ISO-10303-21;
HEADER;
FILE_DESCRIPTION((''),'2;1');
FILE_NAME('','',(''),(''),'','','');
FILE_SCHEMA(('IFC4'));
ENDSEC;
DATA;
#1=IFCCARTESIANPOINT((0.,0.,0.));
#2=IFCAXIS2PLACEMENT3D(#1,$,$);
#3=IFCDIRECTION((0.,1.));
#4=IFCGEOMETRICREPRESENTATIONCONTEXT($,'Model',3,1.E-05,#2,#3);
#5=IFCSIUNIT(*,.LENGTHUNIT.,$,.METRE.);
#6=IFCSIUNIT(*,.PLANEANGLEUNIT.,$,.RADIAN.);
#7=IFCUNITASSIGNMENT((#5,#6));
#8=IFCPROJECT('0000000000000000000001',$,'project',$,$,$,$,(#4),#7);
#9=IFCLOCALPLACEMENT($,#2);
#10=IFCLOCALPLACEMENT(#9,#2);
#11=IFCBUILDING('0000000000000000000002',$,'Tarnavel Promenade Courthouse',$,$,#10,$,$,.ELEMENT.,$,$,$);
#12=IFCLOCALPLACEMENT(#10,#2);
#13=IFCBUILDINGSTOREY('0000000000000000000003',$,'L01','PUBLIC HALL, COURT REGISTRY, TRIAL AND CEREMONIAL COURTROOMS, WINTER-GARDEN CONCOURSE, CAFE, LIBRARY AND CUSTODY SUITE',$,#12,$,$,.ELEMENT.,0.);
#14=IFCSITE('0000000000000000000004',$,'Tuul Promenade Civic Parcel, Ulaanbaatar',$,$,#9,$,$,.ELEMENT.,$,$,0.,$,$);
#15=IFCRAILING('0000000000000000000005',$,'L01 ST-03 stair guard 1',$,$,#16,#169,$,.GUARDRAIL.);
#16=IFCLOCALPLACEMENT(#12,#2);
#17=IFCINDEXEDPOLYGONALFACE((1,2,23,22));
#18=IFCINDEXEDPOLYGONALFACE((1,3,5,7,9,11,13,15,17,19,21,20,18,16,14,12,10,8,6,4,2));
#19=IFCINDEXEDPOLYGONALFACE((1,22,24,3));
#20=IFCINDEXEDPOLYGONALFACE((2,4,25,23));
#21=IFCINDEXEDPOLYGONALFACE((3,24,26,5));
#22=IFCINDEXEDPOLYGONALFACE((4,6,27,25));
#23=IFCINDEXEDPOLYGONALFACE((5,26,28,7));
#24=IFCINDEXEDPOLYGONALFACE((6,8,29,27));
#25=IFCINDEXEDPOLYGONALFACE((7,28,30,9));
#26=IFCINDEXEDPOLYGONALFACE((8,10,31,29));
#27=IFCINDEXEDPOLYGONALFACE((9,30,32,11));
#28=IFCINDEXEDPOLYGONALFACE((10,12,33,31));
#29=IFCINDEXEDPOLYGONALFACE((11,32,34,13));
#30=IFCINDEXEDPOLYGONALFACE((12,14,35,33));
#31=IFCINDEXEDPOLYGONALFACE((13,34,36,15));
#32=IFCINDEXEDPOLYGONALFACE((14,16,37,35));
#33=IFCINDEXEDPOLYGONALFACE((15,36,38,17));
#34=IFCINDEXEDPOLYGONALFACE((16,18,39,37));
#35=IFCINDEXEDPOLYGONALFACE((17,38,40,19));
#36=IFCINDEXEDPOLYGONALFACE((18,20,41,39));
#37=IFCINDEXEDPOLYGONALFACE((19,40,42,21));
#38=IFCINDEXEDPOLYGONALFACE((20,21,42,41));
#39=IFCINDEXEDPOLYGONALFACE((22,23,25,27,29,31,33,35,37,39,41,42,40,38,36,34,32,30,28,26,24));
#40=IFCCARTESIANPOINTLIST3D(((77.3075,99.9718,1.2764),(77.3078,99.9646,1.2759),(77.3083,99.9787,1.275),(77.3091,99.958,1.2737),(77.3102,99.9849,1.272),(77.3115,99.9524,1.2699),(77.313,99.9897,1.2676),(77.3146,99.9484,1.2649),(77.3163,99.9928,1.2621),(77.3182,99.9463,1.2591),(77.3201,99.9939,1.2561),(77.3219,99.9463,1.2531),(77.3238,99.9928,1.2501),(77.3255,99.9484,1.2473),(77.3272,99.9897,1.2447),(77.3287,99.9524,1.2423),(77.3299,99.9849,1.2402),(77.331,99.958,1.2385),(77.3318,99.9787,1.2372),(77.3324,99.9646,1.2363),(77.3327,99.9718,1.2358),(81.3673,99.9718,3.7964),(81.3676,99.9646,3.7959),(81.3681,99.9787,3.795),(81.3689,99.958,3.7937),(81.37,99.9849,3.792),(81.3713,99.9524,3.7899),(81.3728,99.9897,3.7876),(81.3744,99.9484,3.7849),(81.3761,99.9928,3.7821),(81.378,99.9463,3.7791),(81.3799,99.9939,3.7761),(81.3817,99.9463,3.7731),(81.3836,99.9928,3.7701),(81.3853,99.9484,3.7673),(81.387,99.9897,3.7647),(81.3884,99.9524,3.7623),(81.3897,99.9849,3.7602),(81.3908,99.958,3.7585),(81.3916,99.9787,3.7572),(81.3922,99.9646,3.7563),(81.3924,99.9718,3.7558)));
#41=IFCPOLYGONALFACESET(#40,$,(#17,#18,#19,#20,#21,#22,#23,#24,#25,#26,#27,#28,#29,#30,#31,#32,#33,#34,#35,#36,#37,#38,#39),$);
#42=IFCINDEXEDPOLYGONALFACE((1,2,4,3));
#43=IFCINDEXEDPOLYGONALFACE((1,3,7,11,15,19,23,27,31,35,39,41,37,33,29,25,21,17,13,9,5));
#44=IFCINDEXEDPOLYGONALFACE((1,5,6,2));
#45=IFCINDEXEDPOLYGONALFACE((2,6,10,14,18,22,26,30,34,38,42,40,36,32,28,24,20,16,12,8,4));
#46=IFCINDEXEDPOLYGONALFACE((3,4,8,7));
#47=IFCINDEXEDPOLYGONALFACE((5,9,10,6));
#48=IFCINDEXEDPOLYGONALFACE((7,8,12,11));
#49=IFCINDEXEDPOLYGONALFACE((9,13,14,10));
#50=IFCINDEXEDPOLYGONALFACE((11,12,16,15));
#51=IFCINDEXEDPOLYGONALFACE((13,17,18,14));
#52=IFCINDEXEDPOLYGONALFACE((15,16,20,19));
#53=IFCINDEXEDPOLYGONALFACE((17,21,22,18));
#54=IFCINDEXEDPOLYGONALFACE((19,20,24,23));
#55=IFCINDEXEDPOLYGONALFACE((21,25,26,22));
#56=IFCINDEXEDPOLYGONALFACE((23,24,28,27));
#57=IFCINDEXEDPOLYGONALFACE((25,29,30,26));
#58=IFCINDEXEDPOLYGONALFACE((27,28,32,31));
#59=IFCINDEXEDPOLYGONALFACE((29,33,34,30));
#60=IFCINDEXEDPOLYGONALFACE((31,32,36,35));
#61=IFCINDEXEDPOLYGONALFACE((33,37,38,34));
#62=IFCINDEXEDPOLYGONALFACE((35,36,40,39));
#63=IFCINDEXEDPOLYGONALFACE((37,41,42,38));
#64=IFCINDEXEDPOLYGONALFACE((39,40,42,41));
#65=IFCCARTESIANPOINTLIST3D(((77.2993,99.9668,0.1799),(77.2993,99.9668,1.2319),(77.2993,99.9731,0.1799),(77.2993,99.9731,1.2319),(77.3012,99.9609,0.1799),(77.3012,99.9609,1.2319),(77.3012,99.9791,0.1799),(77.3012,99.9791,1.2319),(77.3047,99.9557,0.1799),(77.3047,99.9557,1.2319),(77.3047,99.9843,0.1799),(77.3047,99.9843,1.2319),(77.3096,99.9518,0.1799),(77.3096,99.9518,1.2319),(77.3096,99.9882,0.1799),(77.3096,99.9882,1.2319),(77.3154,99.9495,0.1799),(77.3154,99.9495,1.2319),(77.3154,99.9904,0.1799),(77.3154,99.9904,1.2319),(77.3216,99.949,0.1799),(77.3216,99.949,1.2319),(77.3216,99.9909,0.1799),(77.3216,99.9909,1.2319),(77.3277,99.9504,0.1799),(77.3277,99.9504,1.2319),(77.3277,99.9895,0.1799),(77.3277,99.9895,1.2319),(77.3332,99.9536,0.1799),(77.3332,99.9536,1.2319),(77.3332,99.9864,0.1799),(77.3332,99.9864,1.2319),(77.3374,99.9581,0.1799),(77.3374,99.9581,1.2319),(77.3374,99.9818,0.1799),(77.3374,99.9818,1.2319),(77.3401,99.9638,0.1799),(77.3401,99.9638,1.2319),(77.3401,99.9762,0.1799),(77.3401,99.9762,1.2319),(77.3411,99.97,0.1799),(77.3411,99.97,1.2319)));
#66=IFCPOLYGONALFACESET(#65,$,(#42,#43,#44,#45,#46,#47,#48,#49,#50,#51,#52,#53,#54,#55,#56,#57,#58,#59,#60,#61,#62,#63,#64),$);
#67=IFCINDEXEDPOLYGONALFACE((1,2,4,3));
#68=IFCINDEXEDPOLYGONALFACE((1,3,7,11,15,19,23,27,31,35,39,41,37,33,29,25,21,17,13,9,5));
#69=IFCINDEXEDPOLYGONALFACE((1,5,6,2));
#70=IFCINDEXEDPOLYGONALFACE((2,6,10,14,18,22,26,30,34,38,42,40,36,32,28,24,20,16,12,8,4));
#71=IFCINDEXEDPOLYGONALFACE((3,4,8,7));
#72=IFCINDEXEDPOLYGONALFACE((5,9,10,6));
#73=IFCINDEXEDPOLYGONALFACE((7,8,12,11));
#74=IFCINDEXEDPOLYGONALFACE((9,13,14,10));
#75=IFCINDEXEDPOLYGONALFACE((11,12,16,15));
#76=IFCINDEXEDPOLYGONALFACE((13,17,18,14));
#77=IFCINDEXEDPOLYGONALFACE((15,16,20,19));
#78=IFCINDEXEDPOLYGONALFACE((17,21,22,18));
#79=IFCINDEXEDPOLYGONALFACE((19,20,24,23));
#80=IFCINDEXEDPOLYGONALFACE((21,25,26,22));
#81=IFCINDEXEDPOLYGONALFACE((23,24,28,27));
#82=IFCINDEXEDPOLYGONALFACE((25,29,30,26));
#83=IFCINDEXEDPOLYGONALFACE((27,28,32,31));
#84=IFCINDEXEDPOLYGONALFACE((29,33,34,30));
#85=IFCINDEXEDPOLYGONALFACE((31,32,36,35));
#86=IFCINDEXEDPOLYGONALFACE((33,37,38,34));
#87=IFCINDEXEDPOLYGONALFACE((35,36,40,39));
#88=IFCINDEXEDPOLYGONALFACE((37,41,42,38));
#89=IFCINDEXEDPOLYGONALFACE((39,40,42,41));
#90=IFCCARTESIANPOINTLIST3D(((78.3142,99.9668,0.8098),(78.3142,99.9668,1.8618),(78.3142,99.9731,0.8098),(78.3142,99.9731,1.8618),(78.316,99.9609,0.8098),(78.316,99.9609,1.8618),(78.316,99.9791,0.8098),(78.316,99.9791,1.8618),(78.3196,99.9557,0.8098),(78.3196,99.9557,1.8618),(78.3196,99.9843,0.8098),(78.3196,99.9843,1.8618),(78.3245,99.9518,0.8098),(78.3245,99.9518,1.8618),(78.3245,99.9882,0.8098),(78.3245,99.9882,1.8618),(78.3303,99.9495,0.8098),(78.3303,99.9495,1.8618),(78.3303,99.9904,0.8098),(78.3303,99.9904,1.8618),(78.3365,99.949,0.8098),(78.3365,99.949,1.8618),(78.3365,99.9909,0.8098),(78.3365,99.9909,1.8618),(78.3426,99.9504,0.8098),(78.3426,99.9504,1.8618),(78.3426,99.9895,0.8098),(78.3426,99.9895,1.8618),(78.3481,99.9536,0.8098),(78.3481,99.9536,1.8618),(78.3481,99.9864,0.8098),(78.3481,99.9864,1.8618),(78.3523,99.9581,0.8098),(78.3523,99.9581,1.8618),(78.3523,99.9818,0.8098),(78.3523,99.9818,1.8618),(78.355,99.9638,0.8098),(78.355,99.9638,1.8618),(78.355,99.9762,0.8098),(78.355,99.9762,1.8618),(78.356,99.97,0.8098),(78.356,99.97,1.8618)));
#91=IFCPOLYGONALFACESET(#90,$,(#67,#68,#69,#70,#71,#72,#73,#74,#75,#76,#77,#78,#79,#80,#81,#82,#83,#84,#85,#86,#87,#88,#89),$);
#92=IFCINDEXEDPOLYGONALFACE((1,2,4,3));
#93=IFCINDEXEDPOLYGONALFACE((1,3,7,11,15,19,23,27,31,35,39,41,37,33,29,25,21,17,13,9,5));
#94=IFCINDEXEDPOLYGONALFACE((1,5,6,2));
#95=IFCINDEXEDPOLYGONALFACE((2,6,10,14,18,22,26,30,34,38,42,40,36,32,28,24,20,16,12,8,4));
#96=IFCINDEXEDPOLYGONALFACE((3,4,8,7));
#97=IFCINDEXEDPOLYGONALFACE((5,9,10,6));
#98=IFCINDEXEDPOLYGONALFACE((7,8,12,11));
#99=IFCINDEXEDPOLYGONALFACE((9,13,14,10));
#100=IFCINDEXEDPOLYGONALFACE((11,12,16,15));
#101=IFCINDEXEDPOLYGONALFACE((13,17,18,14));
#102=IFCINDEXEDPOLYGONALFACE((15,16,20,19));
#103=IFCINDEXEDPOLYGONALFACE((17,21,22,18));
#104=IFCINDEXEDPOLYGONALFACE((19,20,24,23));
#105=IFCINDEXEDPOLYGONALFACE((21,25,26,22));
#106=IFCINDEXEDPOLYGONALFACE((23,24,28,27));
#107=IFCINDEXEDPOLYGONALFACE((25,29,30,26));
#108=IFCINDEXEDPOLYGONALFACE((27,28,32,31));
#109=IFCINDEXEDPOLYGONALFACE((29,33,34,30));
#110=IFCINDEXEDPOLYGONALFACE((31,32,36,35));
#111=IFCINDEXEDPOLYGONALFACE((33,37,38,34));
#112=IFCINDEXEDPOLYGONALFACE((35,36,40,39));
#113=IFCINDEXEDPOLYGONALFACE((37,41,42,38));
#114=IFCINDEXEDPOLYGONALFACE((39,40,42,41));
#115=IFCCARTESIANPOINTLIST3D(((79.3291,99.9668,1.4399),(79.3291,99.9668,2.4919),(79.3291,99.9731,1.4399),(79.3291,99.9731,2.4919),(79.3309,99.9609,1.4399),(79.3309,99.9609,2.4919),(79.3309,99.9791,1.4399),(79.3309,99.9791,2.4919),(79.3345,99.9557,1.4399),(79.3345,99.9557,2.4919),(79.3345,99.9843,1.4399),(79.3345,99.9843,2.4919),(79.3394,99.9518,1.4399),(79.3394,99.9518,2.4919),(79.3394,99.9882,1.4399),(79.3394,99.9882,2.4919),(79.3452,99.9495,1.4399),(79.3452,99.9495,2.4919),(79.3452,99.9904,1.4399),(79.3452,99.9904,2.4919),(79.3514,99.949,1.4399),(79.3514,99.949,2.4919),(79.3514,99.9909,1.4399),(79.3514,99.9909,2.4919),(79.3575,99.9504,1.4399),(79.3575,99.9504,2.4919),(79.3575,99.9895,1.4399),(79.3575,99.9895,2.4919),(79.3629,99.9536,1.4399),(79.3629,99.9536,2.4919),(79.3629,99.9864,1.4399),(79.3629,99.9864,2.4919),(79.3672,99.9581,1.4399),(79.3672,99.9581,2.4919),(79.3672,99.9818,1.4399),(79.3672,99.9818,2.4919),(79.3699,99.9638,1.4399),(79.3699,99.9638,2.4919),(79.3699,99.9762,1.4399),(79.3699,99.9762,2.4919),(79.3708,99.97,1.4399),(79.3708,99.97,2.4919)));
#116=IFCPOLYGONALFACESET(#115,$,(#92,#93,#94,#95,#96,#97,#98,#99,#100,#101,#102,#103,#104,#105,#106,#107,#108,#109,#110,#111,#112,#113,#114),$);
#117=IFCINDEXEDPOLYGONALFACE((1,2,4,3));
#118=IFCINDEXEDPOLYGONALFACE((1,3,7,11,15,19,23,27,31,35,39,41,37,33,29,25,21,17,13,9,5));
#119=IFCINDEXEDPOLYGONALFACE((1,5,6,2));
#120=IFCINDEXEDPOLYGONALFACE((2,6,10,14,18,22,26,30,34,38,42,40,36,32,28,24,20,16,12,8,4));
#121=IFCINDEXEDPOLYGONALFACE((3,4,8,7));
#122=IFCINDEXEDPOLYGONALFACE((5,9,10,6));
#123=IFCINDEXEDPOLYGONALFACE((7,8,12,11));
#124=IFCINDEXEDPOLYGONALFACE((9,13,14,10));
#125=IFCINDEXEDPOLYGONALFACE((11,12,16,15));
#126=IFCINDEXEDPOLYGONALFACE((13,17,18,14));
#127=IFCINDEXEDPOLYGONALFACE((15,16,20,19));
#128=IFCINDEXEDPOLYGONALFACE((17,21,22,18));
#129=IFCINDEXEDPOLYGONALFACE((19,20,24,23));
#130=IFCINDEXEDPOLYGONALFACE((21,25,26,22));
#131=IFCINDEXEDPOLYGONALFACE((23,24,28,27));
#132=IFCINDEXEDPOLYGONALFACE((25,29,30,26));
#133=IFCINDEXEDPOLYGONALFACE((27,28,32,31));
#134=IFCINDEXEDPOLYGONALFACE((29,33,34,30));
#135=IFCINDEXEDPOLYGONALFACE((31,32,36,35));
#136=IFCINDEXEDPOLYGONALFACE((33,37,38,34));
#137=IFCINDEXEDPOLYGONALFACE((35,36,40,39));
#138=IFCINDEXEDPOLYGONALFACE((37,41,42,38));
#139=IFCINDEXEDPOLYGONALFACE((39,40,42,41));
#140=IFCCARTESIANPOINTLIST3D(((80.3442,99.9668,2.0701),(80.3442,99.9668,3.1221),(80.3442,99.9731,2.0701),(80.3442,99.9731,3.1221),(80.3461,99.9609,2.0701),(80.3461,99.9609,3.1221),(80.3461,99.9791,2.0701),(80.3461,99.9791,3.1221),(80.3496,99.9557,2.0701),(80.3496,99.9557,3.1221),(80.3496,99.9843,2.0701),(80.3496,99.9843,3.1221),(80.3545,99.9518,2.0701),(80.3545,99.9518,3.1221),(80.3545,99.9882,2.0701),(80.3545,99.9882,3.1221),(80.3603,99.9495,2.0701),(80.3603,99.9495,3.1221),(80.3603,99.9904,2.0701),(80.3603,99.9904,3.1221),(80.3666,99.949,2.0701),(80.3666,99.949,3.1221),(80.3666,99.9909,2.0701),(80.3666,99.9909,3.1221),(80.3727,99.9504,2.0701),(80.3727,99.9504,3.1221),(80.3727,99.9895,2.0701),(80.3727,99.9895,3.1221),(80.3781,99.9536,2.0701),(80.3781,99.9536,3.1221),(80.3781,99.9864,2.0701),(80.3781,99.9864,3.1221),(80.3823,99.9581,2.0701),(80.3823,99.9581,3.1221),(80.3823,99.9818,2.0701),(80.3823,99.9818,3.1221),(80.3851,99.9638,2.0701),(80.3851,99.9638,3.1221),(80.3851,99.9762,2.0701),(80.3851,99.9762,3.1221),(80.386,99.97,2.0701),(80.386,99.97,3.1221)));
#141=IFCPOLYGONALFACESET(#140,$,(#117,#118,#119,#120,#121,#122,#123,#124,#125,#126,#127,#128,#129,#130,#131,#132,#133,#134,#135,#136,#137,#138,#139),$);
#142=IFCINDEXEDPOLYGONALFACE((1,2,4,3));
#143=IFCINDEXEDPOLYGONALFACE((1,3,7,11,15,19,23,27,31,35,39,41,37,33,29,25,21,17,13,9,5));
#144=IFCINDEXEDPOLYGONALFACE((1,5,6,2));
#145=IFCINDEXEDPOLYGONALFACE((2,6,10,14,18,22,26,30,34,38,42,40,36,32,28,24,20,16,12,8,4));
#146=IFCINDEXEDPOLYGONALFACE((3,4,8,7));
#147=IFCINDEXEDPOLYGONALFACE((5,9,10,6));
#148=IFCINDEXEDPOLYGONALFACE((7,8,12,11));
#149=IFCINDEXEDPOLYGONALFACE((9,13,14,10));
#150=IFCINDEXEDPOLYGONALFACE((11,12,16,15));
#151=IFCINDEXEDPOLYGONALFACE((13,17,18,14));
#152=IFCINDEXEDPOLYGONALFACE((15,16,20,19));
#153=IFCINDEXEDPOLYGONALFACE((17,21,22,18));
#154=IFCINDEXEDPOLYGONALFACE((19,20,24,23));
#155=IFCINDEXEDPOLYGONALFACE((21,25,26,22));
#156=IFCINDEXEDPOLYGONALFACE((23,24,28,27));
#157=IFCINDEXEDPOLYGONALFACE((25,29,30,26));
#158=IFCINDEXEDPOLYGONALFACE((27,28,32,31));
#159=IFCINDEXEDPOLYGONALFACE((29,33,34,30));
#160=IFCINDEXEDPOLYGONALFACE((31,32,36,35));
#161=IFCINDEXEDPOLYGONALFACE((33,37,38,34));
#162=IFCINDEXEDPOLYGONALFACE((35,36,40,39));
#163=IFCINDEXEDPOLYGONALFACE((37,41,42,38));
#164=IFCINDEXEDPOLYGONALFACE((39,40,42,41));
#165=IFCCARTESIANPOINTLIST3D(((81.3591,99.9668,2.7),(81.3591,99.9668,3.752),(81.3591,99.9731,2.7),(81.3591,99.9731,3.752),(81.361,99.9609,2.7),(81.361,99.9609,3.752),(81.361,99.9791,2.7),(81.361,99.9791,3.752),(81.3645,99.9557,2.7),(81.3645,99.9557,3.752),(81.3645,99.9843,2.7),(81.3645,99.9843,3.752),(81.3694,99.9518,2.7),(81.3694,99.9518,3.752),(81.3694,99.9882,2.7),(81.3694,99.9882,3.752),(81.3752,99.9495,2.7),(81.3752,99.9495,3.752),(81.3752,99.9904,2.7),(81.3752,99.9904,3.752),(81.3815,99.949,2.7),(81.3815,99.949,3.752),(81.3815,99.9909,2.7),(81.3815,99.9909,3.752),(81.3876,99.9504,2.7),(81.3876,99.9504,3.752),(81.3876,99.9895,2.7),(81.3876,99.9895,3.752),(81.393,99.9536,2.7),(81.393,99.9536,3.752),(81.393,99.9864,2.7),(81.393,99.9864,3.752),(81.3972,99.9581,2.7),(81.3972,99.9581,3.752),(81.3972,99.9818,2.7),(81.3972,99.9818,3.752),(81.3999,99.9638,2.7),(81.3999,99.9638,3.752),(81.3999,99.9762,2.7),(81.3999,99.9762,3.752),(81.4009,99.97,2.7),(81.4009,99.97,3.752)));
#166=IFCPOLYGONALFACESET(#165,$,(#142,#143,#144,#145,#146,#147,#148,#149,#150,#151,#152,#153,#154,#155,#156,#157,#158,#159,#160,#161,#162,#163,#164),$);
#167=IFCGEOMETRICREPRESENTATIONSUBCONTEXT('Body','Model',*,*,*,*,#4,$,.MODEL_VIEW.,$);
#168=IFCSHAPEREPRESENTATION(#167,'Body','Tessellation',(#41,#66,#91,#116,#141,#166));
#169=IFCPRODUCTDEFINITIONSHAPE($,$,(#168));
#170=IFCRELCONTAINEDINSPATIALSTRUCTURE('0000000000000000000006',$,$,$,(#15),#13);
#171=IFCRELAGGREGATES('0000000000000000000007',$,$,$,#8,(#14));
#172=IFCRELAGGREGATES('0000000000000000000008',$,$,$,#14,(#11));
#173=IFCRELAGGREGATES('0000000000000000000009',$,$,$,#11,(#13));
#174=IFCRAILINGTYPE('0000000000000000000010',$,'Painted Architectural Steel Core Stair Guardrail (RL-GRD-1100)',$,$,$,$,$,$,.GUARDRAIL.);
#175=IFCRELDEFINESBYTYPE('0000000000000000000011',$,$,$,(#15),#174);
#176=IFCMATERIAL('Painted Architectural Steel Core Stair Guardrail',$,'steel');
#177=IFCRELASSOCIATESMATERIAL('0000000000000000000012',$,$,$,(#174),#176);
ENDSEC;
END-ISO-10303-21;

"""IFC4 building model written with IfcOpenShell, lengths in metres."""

from ifc_helpers import new_model, si_unit, direction, frame, origin, origin_2d, place, context, subcontext, project, spatial, circle, extrude, material, type_object, element, save


model = new_model("IFC4")

# Units and contexts
model_context = context("Model", 3, precision=1e-05, world=origin(), true_north=direction((0.0, 1.0)))
body_context = subcontext(model_context, "Body", "Model", "MODEL_VIEW")
ifc_project = project(units=[si_unit("LENGTHUNIT", "METRE"), si_unit("PLANEANGLEUNIT", "RADIAN")], contexts=[model_context])

# Site, building, storey
site_placement = place(None, origin())
site = spatial("IfcSite", under=ifc_project, at=site_placement, Name="Tuul Promenade Civic Parcel, Ulaanbaatar", CompositionType="ELEMENT", RefElevation=0.0)
building_placement = place(site_placement, origin())
building = spatial("IfcBuilding", under=site, at=building_placement, Name="Tarnavel Promenade Courthouse", CompositionType="ELEMENT")
storey_placement = place(building_placement, origin())
storey = spatial("IfcBuildingStorey", under=building, at=storey_placement, Name="L01", Description="PUBLIC HALL, COURT REGISTRY, TRIAL AND CEREMONIAL COURTROOMS, WINTER-GARDEN CONCOURSE, CAFE, LIBRARY AND CUSTODY SUITE", CompositionType="ELEMENT", Elevation=0.0)

# Railing
ifc_material_1 = material(Name="Painted Architectural Steel Core Stair Guardrail", Category="steel")
railing_type_1 = type_object("IfcRailingType", Name="Painted Architectural Steel Core Stair Guardrail (RL-GRD-1100)", PredefinedType="GUARDRAIL", material=ifc_material_1)
railing_1_placement = place(storey_placement, frame((77.3201, 99.97, 0.1799)))
element("IfcRailing", 1, at=railing_1_placement, inside=storey, type_object=railing_type_1, Name="L01 ST-03 stair guard 1", PredefinedType="GUARDRAIL", context=body_context, shape_type="SweptSolid", body=[
    extrude(circle(Radius=0.0239, at=origin_2d()), frame((0.0, 0.0, 1.0762), z_axis=(0.849628, 0.0, 0.527383), x_axis=(0.0, 1.0, 0.0)), (0.0, 0.0, 1.0), 4.7783),
    extrude(circle(Radius=0.021, at=origin_2d()), origin(), (0.0, 0.0, 1.0), 1.052),
    extrude(circle(Radius=0.021, at=origin_2d()), frame((1.0149, 0.0, 0.6299)), (0.0, 0.0, 1.0), 1.052),
    extrude(circle(Radius=0.021, at=origin_2d()), frame((2.0298, 0.0, 1.26)), (0.0, 0.0, 1.0), 1.052),
    extrude(circle(Radius=0.021, at=origin_2d()), frame((3.0449, 0.0, 1.8901)), (0.0, 0.0, 1.0), 1.052),
    extrude(circle(Radius=0.021, at=origin_2d()), frame((4.0598, 0.0, 2.52)), (0.0, 0.0, 1.0), 1.052),
])

save(model, "model.ifc")
